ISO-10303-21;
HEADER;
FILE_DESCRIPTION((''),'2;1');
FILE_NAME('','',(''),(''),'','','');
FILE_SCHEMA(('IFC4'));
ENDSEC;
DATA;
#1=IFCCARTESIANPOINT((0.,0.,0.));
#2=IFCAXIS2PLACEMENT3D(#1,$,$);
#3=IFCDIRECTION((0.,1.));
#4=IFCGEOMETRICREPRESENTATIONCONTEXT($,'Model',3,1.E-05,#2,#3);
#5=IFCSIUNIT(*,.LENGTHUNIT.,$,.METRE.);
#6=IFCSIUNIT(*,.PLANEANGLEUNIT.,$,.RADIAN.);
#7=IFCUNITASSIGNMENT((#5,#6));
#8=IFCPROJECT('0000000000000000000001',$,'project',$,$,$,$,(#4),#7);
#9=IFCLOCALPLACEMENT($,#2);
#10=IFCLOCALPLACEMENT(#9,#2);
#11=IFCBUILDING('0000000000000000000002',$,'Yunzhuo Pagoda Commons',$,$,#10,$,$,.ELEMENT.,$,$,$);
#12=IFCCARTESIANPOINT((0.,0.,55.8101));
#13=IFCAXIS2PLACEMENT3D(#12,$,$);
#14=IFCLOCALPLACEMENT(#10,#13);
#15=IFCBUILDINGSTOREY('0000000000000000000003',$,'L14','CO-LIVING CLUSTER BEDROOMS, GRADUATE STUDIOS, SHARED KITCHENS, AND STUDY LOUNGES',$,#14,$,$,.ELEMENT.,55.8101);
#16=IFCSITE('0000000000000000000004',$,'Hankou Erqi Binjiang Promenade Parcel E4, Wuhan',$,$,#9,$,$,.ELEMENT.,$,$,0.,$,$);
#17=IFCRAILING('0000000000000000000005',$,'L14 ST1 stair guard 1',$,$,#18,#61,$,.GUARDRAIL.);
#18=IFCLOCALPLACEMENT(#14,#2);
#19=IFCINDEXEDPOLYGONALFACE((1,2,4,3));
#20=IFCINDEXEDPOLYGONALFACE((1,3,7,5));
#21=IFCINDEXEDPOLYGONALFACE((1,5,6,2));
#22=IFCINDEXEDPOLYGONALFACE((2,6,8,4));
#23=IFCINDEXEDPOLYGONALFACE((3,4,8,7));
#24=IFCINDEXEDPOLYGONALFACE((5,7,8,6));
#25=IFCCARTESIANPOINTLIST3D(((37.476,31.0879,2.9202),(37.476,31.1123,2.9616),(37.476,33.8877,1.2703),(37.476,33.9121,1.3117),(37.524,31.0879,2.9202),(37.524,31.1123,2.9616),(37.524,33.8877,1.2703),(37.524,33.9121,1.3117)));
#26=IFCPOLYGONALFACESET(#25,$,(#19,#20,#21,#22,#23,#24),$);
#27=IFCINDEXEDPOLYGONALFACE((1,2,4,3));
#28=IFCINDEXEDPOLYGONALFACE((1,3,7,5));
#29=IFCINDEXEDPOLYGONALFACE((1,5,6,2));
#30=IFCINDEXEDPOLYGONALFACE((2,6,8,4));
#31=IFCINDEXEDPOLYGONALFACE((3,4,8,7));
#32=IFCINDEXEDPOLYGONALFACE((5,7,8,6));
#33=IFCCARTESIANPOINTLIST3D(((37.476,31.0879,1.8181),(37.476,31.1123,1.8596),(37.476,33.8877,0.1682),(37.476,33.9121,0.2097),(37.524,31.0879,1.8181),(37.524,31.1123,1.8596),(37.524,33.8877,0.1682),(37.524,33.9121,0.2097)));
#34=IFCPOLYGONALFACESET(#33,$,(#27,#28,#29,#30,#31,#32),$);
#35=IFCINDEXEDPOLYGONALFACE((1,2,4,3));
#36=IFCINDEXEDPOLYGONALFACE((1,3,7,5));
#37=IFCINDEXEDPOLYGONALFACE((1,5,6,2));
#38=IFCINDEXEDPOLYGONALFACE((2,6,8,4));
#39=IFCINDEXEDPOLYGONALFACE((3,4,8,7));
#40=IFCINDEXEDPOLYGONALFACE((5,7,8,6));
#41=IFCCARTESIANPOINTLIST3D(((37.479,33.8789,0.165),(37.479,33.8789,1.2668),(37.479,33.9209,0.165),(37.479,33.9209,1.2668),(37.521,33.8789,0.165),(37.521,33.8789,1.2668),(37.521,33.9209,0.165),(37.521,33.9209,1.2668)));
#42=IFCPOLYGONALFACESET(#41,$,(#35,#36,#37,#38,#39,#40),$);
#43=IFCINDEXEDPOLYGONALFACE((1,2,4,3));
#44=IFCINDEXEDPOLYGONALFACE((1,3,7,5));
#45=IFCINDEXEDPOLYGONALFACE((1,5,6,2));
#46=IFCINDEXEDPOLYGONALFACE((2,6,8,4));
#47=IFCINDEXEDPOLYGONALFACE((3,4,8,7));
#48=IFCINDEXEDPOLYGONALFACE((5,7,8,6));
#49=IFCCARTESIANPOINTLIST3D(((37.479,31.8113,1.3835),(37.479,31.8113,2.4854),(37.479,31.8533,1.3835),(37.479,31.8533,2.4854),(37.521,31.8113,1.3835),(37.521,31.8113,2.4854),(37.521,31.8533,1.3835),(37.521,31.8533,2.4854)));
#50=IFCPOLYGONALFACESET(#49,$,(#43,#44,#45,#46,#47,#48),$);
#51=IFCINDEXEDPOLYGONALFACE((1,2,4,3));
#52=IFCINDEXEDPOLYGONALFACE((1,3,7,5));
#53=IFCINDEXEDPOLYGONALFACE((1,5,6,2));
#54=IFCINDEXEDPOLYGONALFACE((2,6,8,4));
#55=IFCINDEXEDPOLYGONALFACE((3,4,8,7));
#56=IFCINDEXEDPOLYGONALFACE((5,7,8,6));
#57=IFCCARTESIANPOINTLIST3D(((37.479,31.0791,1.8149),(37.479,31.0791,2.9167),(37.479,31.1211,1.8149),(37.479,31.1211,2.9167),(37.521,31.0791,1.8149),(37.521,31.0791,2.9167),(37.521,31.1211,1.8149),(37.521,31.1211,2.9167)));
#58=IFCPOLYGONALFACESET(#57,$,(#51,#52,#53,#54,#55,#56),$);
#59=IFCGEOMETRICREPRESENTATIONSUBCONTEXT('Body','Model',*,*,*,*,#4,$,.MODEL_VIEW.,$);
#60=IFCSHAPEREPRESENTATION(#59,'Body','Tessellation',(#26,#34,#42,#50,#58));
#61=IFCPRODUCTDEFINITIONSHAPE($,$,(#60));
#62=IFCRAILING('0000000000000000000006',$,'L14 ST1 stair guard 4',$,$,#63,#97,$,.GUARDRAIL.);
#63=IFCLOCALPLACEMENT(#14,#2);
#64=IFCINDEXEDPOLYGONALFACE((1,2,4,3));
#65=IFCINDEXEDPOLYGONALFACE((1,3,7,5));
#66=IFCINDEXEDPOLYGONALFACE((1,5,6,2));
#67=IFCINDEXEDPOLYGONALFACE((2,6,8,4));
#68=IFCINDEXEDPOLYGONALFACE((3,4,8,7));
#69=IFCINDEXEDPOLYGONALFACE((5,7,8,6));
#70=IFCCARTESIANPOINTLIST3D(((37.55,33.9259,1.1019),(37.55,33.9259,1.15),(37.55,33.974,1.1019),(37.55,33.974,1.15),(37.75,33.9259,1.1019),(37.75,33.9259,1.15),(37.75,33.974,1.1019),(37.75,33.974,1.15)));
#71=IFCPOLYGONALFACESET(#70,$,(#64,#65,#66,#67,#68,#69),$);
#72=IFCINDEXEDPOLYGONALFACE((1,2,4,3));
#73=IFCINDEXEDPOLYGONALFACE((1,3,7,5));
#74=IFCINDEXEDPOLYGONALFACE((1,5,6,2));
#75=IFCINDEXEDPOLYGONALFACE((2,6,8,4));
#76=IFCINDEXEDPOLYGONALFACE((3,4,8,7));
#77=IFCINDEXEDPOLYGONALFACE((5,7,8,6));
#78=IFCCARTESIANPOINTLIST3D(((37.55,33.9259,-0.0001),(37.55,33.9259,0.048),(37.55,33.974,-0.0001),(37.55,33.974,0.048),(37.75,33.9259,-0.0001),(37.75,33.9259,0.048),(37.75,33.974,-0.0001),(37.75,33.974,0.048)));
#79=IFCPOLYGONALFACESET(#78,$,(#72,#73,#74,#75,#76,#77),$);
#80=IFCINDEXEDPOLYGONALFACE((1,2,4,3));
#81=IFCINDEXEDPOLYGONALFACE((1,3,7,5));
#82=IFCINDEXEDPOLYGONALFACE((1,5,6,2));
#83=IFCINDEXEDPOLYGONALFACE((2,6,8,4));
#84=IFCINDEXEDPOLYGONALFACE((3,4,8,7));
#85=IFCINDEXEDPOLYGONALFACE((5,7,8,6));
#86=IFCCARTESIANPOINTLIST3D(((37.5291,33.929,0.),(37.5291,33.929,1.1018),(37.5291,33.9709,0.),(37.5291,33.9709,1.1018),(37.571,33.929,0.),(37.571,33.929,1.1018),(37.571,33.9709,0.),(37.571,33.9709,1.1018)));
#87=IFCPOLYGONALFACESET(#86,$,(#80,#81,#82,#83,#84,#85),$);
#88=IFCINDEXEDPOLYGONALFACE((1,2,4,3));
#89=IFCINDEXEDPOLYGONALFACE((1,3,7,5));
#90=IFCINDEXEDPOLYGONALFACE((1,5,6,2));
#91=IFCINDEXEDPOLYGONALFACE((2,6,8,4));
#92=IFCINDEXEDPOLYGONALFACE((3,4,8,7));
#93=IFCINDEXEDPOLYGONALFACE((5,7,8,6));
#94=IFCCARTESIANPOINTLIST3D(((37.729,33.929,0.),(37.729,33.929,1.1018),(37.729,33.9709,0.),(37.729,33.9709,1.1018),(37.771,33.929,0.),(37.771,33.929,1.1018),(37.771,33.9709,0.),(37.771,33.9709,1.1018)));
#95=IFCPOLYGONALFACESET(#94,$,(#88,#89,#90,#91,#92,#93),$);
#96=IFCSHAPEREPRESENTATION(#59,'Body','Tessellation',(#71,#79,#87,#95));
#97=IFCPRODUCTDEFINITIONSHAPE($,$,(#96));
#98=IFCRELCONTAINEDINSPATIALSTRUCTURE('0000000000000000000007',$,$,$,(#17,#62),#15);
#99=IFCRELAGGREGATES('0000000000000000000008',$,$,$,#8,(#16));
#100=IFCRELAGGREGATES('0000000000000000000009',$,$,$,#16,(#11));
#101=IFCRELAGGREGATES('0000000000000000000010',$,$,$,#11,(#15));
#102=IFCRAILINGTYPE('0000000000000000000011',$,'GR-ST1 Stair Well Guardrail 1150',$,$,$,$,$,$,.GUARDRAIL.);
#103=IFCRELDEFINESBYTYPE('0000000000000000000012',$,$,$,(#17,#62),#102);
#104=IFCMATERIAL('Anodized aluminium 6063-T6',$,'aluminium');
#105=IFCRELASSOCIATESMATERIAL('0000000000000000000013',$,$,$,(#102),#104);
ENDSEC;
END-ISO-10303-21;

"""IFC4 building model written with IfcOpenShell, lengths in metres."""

from ifc_helpers import new_model, si_unit, direction, frame, origin, origin_2d, place, context, subcontext, project, spatial, rectangle, extrude, material, type_object, element, save


model = new_model("IFC4")

# Units and contexts
model_context = context("Model", 3, precision=1e-05, world=origin(), true_north=direction((0.0, 1.0)))
body_context = subcontext(model_context, "Body", "Model", "MODEL_VIEW")
ifc_project = project(units=[si_unit("LENGTHUNIT", "METRE"), si_unit("PLANEANGLEUNIT", "RADIAN")], contexts=[model_context])

# Site, building, storey
site_placement = place(None, origin())
site = spatial("IfcSite", under=ifc_project, at=site_placement, Name="Hankou Erqi Binjiang Promenade Parcel E4, Wuhan", CompositionType="ELEMENT", RefElevation=0.0)
building_placement = place(site_placement, origin())
building = spatial("IfcBuilding", under=site, at=building_placement, Name="Yunzhuo Pagoda Commons", CompositionType="ELEMENT")
storey_placement = place(building_placement, frame((0.0, 0.0, 55.8101)))
storey = spatial("IfcBuildingStorey", under=building, at=storey_placement, Name="L14", Description="CO-LIVING CLUSTER BEDROOMS, GRADUATE STUDIOS, SHARED KITCHENS, AND STUDY LOUNGES", CompositionType="ELEMENT", Elevation=55.8101)

# Railings
ifc_material_1 = material(Name="Anodized aluminium 6063-T6", Category="aluminium")
railing_type = type_object("IfcRailingType", Name="GR-ST1 Stair Well Guardrail 1150", PredefinedType="GUARDRAIL", material=ifc_material_1)
railing_1_placement = place(storey_placement, frame((37.5, 33.8999, 0.165)))
element("IfcRailing", 1, at=railing_1_placement, inside=storey, type_object=railing_type, Name="L14 ST1 stair guard 1", PredefinedType="GUARDRAIL", context=body_context, shape_type="SweptSolid", body=[
    extrude(rectangle(XDim=0.0481, YDim=0.0481, at=origin_2d()), frame((0.0, 0.0, 1.126), z_axis=(0.0, -0.861536, 0.507696), x_axis=(1.0, 0.0, 0.0)), (0.0, 0.0, 1.0), 3.2498),
    extrude(rectangle(XDim=0.0481, YDim=0.0481, at=origin_2d()), frame((0.0, 0.0, 0.0239), z_axis=(0.0, -0.861536, 0.507696), x_axis=(1.0, 0.0, 0.0)), (0.0, 0.0, 1.0), 3.2498),
    extrude(rectangle(XDim=0.042, YDim=0.042, at=origin_2d()), origin(), (0.0, 0.0, 1.0), 1.1018),
    extrude(rectangle(XDim=0.042, YDim=0.042, at=origin_2d()), frame((0.0, -2.0676, 1.2185)), (0.0, 0.0, 1.0), 1.1018),
    extrude(rectangle(XDim=0.042, YDim=0.042, at=origin_2d()), frame((0.0, -2.7998, 1.6499)), (0.0, 0.0, 1.0), 1.1018),
])
railing_2_placement = place(storey_placement, frame((37.55, 33.95, 0.0)))
element("IfcRailing", 2, at=railing_2_placement, inside=storey, type_object=railing_type, Name="L14 ST1 stair guard 4", PredefinedType="GUARDRAIL", context=body_context, shape_type="SweptSolid", body=[
    extrude(rectangle(XDim=0.0481, YDim=0.0481, at=origin_2d()), frame((0.0, 0.0, 1.126), z_axis=(1.0, 0.0, 0.0), x_axis=(0.0, 1.0, 0.0)), (0.0, 0.0, 1.0), 0.2),
    extrude(rectangle(XDim=0.0481, YDim=0.0481, at=origin_2d()), frame((0.0, 0.0, 0.0239), z_axis=(1.0, 0.0, 0.0), x_axis=(0.0, 1.0, 0.0)), (0.0, 0.0, 1.0), 0.2),
    extrude(rectangle(XDim=0.042, YDim=0.042, at=origin_2d()), origin(), (0.0, 0.0, 1.0), 1.1018),
    extrude(rectangle(XDim=0.042, YDim=0.042, at=origin_2d()), frame((0.2, 0.0, 0.0)), (0.0, 0.0, 1.0), 1.1018),
])

save(model, "model.ifc")
